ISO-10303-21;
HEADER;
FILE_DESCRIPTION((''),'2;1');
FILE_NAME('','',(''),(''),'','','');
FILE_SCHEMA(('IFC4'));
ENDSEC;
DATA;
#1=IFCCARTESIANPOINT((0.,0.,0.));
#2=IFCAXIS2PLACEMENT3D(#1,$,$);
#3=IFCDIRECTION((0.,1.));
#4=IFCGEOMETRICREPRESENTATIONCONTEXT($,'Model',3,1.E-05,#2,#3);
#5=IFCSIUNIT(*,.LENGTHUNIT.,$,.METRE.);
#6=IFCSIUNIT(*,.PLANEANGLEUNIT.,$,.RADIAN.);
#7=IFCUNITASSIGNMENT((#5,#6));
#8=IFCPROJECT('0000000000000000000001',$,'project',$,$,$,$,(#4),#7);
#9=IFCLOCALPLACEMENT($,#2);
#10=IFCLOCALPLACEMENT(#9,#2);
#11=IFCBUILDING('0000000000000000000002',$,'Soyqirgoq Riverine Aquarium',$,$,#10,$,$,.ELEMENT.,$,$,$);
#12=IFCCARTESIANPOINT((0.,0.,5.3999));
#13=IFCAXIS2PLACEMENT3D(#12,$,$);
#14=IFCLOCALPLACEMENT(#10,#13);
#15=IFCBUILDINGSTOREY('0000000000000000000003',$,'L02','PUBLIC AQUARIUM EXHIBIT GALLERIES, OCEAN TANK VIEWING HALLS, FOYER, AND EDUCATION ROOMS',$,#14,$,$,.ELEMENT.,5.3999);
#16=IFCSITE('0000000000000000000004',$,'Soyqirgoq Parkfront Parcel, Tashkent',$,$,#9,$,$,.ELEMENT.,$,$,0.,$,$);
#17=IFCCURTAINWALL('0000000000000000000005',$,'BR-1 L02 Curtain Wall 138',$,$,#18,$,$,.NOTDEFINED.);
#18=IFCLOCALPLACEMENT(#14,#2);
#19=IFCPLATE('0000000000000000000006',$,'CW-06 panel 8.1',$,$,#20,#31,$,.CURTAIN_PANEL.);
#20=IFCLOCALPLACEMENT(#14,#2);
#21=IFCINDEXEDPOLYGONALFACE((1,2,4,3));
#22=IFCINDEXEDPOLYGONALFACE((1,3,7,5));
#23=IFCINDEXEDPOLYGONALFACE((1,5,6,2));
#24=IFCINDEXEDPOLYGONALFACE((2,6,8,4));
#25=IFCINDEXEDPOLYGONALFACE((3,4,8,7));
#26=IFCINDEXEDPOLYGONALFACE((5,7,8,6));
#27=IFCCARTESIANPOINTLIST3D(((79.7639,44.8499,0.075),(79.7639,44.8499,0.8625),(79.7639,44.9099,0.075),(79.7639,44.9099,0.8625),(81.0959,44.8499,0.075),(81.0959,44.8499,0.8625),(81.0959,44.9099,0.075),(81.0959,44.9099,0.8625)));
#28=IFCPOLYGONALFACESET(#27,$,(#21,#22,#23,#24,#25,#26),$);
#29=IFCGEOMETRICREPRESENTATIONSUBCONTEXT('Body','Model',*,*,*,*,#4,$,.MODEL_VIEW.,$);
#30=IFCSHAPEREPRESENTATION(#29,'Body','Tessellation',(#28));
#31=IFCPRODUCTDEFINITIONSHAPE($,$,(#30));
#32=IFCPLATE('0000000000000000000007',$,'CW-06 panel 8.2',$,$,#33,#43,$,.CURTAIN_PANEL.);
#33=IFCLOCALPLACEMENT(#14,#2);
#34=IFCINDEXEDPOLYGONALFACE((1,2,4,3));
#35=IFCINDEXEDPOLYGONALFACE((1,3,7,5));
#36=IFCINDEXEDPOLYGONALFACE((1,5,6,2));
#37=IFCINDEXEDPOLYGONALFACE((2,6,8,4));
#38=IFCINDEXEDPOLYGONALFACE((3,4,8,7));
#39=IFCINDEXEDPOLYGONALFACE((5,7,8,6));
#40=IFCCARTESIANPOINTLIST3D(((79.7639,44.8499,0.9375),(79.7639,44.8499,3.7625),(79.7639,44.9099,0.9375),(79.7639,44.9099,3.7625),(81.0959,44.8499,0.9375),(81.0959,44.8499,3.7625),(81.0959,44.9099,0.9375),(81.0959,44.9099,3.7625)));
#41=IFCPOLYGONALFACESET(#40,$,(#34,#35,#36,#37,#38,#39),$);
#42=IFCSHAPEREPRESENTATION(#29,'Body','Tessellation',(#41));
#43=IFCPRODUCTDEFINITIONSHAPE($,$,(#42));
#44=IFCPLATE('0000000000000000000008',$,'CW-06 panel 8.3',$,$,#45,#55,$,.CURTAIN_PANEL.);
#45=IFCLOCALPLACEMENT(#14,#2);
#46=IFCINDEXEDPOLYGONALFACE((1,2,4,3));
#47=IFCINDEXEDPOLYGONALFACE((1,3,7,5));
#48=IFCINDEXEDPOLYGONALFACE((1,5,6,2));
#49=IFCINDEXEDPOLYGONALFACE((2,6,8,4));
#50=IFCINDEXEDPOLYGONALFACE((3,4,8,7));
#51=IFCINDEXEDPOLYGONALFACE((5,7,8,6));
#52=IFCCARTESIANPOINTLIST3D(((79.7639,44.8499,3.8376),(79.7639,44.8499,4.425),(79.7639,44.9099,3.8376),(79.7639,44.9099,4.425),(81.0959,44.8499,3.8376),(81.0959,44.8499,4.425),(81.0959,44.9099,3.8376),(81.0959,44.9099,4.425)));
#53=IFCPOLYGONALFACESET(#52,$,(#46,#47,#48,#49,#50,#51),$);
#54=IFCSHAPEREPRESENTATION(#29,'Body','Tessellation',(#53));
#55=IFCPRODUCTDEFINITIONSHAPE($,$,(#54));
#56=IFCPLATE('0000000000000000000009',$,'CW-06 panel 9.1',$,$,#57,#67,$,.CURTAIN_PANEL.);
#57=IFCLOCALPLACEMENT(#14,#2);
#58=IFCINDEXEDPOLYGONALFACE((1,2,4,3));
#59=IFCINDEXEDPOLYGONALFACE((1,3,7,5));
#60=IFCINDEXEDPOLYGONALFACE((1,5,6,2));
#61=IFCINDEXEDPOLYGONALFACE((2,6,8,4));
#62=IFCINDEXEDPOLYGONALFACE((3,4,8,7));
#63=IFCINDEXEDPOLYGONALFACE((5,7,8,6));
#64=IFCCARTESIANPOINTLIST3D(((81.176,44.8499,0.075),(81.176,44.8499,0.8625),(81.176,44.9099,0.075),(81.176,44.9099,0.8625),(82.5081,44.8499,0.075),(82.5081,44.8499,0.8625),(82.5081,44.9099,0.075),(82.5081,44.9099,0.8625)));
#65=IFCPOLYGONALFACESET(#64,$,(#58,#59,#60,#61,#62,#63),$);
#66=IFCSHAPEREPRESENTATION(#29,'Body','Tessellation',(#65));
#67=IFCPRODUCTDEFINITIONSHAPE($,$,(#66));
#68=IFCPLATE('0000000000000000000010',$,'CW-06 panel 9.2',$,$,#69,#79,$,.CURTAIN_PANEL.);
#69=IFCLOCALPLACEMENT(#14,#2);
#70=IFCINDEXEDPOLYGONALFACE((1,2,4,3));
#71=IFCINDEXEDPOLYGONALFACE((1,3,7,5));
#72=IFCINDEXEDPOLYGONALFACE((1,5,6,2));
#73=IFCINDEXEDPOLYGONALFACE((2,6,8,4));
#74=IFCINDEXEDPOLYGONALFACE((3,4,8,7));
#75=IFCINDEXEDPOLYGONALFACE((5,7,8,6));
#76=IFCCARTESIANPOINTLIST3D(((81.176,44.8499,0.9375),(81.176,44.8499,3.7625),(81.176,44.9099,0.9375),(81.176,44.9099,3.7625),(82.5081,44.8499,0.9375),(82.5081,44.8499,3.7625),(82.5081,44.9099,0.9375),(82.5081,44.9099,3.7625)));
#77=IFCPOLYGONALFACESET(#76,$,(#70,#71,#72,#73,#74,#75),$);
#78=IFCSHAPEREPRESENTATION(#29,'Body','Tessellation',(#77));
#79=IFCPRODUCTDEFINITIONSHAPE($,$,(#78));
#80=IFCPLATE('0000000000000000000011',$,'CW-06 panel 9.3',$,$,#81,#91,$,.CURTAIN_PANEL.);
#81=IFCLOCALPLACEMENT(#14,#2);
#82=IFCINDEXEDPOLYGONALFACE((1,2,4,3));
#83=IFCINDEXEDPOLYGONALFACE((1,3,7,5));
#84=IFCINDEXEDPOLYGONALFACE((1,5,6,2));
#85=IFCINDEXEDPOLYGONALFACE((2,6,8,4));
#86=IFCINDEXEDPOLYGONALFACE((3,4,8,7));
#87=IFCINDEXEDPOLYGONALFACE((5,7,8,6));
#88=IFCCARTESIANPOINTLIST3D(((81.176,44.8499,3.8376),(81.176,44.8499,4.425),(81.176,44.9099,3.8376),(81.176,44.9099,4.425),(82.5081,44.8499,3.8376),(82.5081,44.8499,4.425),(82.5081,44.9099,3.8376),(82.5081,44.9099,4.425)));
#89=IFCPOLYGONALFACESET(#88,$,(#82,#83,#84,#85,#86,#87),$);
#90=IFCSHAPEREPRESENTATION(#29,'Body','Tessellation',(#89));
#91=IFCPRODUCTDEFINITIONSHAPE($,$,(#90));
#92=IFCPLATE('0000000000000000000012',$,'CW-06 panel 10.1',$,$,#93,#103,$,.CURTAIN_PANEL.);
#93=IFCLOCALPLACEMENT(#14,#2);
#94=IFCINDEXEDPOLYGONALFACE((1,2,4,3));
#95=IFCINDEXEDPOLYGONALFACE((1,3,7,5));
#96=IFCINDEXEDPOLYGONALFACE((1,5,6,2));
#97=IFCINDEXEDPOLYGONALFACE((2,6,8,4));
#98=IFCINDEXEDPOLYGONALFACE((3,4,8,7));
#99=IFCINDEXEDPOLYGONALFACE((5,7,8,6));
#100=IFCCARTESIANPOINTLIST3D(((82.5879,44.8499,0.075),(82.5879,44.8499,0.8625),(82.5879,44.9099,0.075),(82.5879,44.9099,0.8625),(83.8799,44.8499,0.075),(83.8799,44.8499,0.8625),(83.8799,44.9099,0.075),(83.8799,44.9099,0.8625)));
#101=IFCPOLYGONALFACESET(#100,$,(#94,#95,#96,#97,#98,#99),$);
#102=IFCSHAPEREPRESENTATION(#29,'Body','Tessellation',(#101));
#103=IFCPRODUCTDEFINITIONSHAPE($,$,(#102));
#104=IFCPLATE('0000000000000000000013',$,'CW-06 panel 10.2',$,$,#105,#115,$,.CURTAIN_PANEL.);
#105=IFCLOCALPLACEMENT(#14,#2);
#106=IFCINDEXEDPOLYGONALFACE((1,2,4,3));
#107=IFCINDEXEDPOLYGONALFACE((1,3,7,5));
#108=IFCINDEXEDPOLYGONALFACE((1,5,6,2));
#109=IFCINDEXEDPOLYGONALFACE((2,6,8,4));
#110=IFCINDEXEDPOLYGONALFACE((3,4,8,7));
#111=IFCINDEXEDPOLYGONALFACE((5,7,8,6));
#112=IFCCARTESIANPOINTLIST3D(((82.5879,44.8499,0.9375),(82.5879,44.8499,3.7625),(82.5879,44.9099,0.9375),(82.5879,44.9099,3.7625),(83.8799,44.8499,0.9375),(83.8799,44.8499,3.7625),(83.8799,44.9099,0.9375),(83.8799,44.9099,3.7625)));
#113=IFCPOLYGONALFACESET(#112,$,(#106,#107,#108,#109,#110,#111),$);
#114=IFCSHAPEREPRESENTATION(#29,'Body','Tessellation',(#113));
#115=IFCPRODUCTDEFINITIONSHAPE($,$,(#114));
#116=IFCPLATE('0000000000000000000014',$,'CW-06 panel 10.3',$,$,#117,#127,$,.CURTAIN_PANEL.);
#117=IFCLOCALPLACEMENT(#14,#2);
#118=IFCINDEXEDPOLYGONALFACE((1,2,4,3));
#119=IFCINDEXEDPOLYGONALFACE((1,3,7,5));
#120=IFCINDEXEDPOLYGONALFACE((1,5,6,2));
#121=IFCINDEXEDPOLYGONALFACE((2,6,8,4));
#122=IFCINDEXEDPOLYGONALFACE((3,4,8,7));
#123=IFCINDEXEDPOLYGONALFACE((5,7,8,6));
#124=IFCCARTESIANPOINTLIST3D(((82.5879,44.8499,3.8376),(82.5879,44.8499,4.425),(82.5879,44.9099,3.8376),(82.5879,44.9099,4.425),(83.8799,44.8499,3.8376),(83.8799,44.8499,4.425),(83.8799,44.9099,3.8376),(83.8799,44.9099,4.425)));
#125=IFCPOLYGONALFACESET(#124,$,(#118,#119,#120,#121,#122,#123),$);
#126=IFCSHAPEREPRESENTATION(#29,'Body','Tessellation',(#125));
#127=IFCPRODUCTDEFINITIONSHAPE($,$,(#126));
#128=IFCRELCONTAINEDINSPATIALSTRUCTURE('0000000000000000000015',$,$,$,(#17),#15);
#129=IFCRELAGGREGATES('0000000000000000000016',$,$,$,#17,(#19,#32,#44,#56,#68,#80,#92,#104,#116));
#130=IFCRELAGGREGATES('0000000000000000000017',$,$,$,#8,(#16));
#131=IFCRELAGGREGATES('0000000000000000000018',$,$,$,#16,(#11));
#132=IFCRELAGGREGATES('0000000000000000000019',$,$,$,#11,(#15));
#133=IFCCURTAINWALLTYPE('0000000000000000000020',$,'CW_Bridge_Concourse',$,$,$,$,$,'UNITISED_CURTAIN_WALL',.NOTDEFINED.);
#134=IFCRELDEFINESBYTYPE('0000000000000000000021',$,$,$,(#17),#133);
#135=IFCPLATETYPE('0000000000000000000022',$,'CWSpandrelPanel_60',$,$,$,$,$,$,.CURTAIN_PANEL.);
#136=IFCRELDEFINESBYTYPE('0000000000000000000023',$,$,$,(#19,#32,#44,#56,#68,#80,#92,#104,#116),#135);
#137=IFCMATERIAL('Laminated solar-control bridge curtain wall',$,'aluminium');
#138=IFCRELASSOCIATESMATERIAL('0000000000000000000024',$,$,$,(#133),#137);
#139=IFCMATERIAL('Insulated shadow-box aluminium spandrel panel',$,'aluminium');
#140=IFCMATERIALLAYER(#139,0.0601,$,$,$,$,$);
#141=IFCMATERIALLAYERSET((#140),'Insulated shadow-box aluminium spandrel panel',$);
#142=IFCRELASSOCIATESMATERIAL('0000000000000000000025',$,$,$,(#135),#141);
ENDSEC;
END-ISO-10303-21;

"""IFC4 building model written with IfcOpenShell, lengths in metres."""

from ifc_helpers import new_model, si_unit, direction, frame, origin, origin_2d, place, context, subcontext, project, spatial, rectangle, extrude, material, layer, layer_set, type_object, element, aggregate, save


model = new_model("IFC4")

# Units and contexts
model_context = context("Model", 3, precision=1e-05, world=origin(), true_north=direction((0.0, 1.0)))
body_context = subcontext(model_context, "Body", "Model", "MODEL_VIEW")
ifc_project = project(units=[si_unit("LENGTHUNIT", "METRE"), si_unit("PLANEANGLEUNIT", "RADIAN")], contexts=[model_context])

# Site, building, storey
site_placement = place(None, origin())
site = spatial("IfcSite", under=ifc_project, at=site_placement, Name="Soyqirgoq Parkfront Parcel, Tashkent", CompositionType="ELEMENT", RefElevation=0.0)
building_placement = place(site_placement, origin())
building = spatial("IfcBuilding", under=site, at=building_placement, Name="Soyqirgoq Riverine Aquarium", CompositionType="ELEMENT")
storey_placement = place(building_placement, frame((0.0, 0.0, 5.3999)))
storey = spatial("IfcBuildingStorey", under=building, at=storey_placement, Name="L02", Description="PUBLIC AQUARIUM EXHIBIT GALLERIES, OCEAN TANK VIEWING HALLS, FOYER, AND EDUCATION ROOMS", CompositionType="ELEMENT", Elevation=5.3999)

# Curtain wall
ifc_material_1 = material(Name="Laminated solar-control bridge curtain wall", Category="aluminium")
curtain_wall_type = type_object("IfcCurtainWallType", Name="CW_Bridge_Concourse", ElementType="UNITISED_CURTAIN_WALL", PredefinedType="NOTDEFINED", material=ifc_material_1)
curtain_wall_1_placement = place(storey_placement, origin())
curtain_wall_1 = element("IfcCurtainWall", 1, at=curtain_wall_1_placement, inside=storey, type_object=curtain_wall_type, Name="BR-1 L02 Curtain Wall 138", PredefinedType="NOTDEFINED")

# Plates
ifc_material_2 = material(Name="Insulated shadow-box aluminium spandrel panel", Category="aluminium")
ifc_layer = layer(ifc_material_2, 0.0601)
ifc_layer_set = layer_set([ifc_layer], Name="Insulated shadow-box aluminium spandrel panel")
plate_type = type_object("IfcPlateType", Name="CWSpandrelPanel_60", PredefinedType="CURTAIN_PANEL", material=ifc_layer_set)
plate_1_placement = place(storey_placement, frame((80.4299, 44.8799, 0.075), z_axis=(0.0, 0.0, 1.0), x_axis=(1.0, 0.0, 0.0)))
plate_1 = element("IfcPlate", 2, at=plate_1_placement, type_object=plate_type, Name="CW-06 panel 8.1", PredefinedType="CURTAIN_PANEL", context=body_context, shape_type="SweptSolid", body=[
    extrude(rectangle(XDim=1.332, YDim=0.0601, at=origin_2d()), origin(), (0.0, 0.0, 1.0), 0.7876),
])
plate_2_placement = place(storey_placement, frame((80.4299, 44.8799, 0.9375), z_axis=(0.0, 0.0, 1.0), x_axis=(1.0, 0.0, 0.0)))
plate_2 = element("IfcPlate", 3, at=plate_2_placement, type_object=plate_type, Name="CW-06 panel 8.2", PredefinedType="CURTAIN_PANEL", context=body_context, shape_type="SweptSolid", body=[
    extrude(rectangle(XDim=1.332, YDim=0.0601, at=origin_2d()), origin(), (0.0, 0.0, 1.0), 2.825),
])
plate_3_placement = place(storey_placement, frame((80.4299, 44.8799, 3.8376), z_axis=(0.0, 0.0, 1.0), x_axis=(1.0, 0.0, 0.0)))
plate_3 = element("IfcPlate", 4, at=plate_3_placement, type_object=plate_type, Name="CW-06 panel 8.3", PredefinedType="CURTAIN_PANEL", context=body_context, shape_type="SweptSolid", body=[
    extrude(rectangle(XDim=1.332, YDim=0.0601, at=origin_2d()), origin(), (0.0, 0.0, 1.0), 0.5874),
])
plate_4_placement = place(storey_placement, frame((81.842, 44.8799, 0.075), z_axis=(0.0, 0.0, 1.0), x_axis=(1.0, 0.0, 0.0)))
plate_4 = element("IfcPlate", 5, at=plate_4_placement, type_object=plate_type, Name="CW-06 panel 9.1", PredefinedType="CURTAIN_PANEL", context=body_context, shape_type="SweptSolid", body=[
    extrude(rectangle(XDim=1.332, YDim=0.0601, at=origin_2d()), origin(), (0.0, 0.0, 1.0), 0.7876),
])
plate_5_placement = place(storey_placement, frame((81.842, 44.8799, 0.9375), z_axis=(0.0, 0.0, 1.0), x_axis=(1.0, 0.0, 0.0)))
plate_5 = element("IfcPlate", 6, at=plate_5_placement, type_object=plate_type, Name="CW-06 panel 9.2", PredefinedType="CURTAIN_PANEL", context=body_context, shape_type="SweptSolid", body=[
    extrude(rectangle(XDim=1.332, YDim=0.0601, at=origin_2d()), origin(), (0.0, 0.0, 1.0), 2.825),
])
plate_6_placement = place(storey_placement, frame((81.842, 44.8799, 3.8376), z_axis=(0.0, 0.0, 1.0), x_axis=(1.0, 0.0, 0.0)))
plate_6 = element("IfcPlate", 7, at=plate_6_placement, type_object=plate_type, Name="CW-06 panel 9.3", PredefinedType="CURTAIN_PANEL", context=body_context, shape_type="SweptSolid", body=[
    extrude(rectangle(XDim=1.332, YDim=0.0601, at=origin_2d()), origin(), (0.0, 0.0, 1.0), 0.5874),
])
plate_7_placement = place(storey_placement, frame((83.2339, 44.8799, 0.075), z_axis=(0.0, 0.0, 1.0), x_axis=(1.0, 0.0, 0.0)))
plate_7 = element("IfcPlate", 8, at=plate_7_placement, type_object=plate_type, Name="CW-06 panel 10.1", PredefinedType="CURTAIN_PANEL", context=body_context, shape_type="SweptSolid", body=[
    extrude(rectangle(XDim=1.292, YDim=0.0601, at=origin_2d()), origin(), (0.0, 0.0, 1.0), 0.7876),
])
plate_8_placement = place(storey_placement, frame((83.2339, 44.8799, 0.9375), z_axis=(0.0, 0.0, 1.0), x_axis=(1.0, 0.0, 0.0)))
plate_8 = element("IfcPlate", 9, at=plate_8_placement, type_object=plate_type, Name="CW-06 panel 10.2", PredefinedType="CURTAIN_PANEL", context=body_context, shape_type="SweptSolid", body=[
    extrude(rectangle(XDim=1.292, YDim=0.0601, at=origin_2d()), origin(), (0.0, 0.0, 1.0), 2.825),
])
plate_9_placement = place(storey_placement, frame((83.2339, 44.8799, 3.8376), z_axis=(0.0, 0.0, 1.0), x_axis=(1.0, 0.0, 0.0)))
plate_9 = element("IfcPlate", 10, at=plate_9_placement, type_object=plate_type, Name="CW-06 panel 10.3", PredefinedType="CURTAIN_PANEL", context=body_context, shape_type="SweptSolid", body=[
    extrude(rectangle(XDim=1.292, YDim=0.0601, at=origin_2d()), origin(), (0.0, 0.0, 1.0), 0.5874),
])
aggregate(curtain_wall_1, [plate_1, plate_2, plate_3, plate_4, plate_5, plate_6, plate_7, plate_8, plate_9])

save(model, "model.ifc")
